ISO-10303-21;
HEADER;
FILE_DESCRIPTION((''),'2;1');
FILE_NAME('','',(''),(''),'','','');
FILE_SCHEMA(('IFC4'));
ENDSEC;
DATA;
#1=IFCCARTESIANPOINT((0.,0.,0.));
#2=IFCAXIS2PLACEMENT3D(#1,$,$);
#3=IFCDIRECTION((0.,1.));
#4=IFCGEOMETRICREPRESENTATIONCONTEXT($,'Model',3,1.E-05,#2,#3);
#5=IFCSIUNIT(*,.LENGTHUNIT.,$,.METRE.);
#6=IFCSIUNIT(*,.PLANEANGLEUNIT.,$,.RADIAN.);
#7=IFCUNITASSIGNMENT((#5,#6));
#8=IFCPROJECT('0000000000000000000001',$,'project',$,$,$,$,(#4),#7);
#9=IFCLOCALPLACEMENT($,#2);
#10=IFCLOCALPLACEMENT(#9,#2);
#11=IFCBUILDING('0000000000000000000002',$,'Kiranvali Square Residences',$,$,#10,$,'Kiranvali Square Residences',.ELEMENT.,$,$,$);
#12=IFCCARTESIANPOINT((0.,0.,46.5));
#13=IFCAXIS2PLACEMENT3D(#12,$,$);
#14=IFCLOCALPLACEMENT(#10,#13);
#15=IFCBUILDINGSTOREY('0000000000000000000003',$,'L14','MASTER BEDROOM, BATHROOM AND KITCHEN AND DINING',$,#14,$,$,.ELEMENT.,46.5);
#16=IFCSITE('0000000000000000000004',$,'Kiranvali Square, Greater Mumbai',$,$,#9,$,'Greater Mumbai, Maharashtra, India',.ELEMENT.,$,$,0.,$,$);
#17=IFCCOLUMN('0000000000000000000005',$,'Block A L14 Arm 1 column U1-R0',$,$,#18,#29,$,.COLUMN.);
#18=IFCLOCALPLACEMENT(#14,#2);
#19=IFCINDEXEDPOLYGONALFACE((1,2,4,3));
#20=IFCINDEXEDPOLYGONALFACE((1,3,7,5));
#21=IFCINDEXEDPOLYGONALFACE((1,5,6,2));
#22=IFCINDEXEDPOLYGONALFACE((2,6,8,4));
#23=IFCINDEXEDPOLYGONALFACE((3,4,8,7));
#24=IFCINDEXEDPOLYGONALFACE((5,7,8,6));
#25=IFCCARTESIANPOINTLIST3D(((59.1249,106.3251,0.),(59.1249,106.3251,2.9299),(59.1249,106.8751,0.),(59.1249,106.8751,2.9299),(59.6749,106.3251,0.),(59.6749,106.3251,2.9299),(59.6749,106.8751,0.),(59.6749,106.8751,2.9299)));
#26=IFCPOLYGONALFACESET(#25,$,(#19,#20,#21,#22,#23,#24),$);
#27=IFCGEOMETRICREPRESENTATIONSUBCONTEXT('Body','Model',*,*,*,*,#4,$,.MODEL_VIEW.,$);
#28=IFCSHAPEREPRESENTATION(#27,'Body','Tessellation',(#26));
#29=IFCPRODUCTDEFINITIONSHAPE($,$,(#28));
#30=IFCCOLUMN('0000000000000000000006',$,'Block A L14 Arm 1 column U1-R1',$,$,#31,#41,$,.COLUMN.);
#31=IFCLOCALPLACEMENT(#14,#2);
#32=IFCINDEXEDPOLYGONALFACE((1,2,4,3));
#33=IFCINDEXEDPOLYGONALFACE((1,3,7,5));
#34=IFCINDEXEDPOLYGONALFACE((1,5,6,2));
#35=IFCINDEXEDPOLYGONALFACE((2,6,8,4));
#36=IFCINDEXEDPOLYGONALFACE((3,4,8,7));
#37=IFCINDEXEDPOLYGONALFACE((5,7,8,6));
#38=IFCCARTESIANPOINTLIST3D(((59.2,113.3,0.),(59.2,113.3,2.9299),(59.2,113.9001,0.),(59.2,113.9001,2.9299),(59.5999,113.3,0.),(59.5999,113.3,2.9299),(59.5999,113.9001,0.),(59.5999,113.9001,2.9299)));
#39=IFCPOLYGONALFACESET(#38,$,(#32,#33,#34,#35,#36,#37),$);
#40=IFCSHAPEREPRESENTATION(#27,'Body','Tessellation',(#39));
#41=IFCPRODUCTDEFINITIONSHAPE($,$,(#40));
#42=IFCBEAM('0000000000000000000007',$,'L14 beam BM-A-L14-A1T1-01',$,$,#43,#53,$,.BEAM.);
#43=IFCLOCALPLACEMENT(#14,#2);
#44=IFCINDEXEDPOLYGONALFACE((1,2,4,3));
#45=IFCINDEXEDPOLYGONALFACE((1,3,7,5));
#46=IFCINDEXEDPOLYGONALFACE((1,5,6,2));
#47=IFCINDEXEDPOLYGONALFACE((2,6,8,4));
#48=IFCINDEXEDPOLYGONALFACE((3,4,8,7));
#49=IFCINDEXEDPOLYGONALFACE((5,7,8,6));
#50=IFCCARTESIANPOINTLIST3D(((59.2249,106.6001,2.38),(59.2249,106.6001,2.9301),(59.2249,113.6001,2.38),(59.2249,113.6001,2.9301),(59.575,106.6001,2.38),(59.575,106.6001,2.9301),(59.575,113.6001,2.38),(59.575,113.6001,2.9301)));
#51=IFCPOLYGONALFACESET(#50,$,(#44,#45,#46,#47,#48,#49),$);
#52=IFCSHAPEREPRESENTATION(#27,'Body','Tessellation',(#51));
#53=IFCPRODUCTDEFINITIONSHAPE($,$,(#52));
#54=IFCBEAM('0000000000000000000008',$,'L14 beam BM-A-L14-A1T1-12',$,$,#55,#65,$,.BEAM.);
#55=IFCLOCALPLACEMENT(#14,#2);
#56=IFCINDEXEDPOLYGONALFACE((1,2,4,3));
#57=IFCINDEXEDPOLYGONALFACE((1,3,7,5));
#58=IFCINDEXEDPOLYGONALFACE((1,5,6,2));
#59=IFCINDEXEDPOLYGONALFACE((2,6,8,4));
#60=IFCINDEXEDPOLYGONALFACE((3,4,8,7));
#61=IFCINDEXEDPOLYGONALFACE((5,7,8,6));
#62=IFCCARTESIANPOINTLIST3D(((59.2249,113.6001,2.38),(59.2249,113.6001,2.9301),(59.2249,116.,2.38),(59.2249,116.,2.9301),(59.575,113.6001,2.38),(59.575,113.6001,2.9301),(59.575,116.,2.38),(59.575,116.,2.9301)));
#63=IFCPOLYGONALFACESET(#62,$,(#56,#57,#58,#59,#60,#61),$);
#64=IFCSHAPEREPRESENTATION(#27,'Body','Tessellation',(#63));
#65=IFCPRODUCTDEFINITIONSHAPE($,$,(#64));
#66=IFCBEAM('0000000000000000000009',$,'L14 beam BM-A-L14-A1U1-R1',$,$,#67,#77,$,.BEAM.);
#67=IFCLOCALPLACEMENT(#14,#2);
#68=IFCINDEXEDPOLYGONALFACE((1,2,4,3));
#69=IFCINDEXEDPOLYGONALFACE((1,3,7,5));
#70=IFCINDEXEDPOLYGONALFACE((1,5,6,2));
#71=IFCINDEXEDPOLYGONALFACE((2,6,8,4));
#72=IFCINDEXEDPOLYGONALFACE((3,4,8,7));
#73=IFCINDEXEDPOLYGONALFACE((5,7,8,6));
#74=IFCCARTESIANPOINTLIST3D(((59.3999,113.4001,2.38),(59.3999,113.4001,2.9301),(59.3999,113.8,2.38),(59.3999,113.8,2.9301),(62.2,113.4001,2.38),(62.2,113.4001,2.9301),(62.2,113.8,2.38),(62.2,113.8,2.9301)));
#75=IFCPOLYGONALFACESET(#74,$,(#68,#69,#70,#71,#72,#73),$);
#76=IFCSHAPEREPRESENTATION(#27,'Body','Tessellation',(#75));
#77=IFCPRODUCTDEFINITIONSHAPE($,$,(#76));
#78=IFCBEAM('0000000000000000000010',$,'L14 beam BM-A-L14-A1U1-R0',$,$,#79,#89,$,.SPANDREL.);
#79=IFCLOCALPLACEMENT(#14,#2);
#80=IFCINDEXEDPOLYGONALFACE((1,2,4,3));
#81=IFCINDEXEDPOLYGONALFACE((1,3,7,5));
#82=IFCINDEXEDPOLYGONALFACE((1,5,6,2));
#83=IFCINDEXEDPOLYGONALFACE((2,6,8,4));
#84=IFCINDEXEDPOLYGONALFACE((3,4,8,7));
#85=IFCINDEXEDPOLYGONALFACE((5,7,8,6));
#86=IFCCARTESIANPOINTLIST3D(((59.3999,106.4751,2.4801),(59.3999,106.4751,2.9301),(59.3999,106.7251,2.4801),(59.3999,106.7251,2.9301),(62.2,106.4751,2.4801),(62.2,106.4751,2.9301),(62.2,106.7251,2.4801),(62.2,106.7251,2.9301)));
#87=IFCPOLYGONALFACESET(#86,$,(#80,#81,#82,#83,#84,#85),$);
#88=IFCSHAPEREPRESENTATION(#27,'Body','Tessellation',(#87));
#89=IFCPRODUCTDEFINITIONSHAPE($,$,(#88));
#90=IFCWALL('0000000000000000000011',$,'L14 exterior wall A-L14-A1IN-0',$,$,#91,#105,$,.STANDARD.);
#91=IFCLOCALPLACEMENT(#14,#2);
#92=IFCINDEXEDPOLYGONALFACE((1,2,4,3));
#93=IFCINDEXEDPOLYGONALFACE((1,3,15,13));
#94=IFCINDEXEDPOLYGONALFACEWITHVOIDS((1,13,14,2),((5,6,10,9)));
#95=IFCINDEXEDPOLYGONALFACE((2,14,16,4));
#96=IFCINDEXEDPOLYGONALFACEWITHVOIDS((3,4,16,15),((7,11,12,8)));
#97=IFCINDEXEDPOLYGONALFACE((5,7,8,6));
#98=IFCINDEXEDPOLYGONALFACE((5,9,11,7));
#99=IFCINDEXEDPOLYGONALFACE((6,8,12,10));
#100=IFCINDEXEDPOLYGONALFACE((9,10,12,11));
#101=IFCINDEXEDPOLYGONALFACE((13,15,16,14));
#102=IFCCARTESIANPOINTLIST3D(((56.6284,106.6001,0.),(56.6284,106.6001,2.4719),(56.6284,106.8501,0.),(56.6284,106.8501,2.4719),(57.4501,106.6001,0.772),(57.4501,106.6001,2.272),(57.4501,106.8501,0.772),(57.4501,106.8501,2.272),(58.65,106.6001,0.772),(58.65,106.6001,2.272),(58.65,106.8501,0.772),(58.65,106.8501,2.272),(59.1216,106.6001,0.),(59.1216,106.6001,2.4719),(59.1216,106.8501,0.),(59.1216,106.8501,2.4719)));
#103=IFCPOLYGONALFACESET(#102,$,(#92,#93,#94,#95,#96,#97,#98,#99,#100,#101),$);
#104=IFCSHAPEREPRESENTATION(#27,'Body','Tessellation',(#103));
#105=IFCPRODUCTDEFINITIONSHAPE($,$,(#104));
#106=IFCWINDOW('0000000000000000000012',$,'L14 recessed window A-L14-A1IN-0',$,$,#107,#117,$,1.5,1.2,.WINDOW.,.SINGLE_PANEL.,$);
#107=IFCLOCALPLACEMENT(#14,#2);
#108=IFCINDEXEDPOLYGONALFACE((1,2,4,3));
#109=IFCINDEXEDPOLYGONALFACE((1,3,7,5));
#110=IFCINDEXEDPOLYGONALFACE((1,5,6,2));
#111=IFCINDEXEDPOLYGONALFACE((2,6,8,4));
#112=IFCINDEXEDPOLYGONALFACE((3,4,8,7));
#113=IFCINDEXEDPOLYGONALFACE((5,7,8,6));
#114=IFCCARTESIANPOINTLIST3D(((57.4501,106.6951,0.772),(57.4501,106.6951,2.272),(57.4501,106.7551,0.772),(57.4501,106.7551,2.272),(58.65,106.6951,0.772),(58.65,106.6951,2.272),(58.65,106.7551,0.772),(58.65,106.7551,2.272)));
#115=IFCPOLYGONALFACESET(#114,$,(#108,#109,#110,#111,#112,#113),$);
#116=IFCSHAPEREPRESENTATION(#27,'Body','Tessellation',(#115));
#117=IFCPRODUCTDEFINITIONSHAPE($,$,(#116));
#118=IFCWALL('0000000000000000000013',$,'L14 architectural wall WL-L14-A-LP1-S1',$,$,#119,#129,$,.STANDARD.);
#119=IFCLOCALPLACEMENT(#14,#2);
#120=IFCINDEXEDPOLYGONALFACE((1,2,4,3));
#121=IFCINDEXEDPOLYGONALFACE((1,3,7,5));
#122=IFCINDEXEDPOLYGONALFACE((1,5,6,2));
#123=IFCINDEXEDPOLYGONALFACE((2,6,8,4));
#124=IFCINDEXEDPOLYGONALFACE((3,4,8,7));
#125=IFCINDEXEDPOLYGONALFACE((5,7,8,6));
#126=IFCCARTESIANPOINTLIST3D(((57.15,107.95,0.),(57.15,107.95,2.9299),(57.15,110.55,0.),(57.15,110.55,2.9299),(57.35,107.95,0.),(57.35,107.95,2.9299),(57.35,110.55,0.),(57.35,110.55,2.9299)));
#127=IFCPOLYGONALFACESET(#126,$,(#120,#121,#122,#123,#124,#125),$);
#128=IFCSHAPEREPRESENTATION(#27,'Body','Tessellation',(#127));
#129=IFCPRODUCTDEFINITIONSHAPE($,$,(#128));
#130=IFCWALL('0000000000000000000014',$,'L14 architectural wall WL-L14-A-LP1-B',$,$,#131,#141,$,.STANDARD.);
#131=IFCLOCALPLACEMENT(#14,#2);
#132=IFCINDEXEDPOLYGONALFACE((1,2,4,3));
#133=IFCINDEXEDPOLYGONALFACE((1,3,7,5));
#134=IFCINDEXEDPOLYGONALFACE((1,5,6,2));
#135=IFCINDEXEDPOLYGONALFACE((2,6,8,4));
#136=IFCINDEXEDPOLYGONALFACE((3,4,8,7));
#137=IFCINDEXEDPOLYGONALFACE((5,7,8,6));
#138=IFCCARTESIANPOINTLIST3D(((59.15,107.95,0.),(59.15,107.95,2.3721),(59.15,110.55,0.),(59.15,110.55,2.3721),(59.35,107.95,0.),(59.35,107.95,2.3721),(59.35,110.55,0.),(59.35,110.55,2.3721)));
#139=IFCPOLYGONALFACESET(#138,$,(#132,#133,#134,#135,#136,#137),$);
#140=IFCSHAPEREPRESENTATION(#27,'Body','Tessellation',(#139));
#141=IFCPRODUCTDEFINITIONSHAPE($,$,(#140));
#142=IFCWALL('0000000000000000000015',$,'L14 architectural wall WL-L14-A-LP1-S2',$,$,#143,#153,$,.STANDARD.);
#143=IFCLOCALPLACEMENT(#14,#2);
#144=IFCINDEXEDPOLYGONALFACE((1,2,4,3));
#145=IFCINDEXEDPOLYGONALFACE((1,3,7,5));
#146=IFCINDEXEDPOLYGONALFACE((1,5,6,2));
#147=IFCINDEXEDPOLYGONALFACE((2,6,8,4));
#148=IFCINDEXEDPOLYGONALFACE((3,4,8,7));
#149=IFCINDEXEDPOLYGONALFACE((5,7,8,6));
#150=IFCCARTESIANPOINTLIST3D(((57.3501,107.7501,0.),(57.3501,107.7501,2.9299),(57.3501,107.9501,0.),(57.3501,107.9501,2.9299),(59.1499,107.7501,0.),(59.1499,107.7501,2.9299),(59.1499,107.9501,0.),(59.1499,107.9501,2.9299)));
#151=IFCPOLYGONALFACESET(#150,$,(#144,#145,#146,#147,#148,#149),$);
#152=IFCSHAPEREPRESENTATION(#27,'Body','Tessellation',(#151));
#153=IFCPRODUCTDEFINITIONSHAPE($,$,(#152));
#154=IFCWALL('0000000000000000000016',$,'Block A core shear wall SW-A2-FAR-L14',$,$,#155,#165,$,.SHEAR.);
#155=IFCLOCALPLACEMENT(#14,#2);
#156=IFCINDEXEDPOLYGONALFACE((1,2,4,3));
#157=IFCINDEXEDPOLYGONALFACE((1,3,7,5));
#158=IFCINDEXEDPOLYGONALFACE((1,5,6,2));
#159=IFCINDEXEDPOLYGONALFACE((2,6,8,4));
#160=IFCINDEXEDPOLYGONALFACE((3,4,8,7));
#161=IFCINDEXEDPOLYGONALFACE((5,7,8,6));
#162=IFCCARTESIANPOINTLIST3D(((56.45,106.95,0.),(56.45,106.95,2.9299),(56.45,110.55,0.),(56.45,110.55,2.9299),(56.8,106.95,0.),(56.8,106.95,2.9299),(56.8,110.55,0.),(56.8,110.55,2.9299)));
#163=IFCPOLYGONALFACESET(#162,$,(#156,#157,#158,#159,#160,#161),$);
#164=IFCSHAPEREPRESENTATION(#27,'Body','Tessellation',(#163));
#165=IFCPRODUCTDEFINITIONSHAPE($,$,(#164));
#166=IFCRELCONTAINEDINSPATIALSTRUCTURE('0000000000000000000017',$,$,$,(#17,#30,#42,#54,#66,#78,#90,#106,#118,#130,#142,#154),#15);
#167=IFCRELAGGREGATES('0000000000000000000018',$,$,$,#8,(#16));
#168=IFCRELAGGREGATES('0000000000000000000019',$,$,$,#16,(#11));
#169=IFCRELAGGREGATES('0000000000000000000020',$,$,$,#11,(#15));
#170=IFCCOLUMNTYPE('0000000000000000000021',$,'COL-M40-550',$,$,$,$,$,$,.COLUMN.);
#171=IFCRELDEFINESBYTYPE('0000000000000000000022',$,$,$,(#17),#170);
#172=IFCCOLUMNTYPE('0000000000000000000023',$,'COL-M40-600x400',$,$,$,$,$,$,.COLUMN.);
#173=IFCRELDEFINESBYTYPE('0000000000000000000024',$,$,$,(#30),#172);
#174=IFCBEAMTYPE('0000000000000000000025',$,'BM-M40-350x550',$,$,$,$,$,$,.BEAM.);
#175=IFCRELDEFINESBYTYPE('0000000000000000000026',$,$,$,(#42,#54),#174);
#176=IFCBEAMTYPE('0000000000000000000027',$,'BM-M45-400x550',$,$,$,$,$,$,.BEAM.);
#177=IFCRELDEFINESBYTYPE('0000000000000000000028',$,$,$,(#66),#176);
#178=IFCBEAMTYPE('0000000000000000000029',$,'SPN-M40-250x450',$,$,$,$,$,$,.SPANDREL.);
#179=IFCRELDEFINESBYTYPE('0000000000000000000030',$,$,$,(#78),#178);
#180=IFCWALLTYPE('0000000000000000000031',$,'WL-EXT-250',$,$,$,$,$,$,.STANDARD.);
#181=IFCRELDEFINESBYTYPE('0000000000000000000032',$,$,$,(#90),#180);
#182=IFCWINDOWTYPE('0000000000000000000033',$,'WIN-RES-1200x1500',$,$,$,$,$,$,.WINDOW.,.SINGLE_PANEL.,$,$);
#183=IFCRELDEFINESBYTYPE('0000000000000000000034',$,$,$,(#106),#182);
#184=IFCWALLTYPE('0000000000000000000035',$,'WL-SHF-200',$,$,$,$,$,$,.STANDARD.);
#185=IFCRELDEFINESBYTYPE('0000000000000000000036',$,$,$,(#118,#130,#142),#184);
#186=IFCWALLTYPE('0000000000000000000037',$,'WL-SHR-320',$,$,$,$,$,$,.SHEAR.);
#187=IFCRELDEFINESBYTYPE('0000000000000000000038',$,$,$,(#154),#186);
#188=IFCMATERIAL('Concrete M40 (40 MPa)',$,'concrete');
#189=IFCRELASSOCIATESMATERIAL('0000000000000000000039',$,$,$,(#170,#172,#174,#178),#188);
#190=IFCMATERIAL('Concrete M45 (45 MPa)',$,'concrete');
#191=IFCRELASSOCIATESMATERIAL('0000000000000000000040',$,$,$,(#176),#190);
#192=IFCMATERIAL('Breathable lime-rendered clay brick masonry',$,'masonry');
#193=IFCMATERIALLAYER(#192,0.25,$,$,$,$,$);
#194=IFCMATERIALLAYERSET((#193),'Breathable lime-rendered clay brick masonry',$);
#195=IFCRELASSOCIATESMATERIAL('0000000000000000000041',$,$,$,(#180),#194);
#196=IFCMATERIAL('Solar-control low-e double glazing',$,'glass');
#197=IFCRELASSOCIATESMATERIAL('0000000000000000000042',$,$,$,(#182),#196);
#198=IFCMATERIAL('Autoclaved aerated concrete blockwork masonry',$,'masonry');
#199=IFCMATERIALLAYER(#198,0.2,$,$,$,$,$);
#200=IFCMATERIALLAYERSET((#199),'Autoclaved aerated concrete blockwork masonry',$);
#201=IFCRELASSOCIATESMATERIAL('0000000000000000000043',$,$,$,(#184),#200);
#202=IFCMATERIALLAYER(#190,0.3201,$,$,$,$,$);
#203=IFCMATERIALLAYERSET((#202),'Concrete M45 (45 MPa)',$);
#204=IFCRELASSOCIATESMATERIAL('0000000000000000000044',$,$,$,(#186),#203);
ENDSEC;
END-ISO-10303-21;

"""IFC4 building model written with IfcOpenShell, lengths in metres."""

from ifc_helpers import new_model, si_unit, direction, frame, frame_2d, origin, origin_2d, place, context, subcontext, project, spatial, rectangle, extrude, material, layer, layer_set, material_profile, profile_set, type_object, element, fill, save


model = new_model("IFC4")

# Units and contexts
model_context = context("Model", 3, precision=1e-05, world=origin(), true_north=direction((0.0, 1.0)))
body_context = subcontext(model_context, "Body", "Model", "MODEL_VIEW")
ifc_project = project(units=[si_unit("LENGTHUNIT", "METRE"), si_unit("PLANEANGLEUNIT", "RADIAN")], contexts=[model_context])

# Site, building, storey
site_placement = place(None, origin())
site = spatial("IfcSite", under=ifc_project, at=site_placement, Name="Kiranvali Square, Greater Mumbai", LongName="Greater Mumbai, Maharashtra, India", CompositionType="ELEMENT", RefElevation=0.0)
building_placement = place(site_placement, origin())
building = spatial("IfcBuilding", under=site, at=building_placement, Name="Kiranvali Square Residences", LongName="Kiranvali Square Residences", CompositionType="ELEMENT")
storey_placement = place(building_placement, frame((0.0, 0.0, 46.5)))
storey = spatial("IfcBuildingStorey", under=building, at=storey_placement, Name="L14", Description="MASTER BEDROOM, BATHROOM AND KITCHEN AND DINING", CompositionType="ELEMENT", Elevation=46.5)

# Columns
ifc_material_1 = material(Name="Concrete M40 (40 MPa)", Category="concrete")
ifc_material_profile_1 = material_profile(ifc_material_1, rectangle(XDim=0.55, YDim=0.55, at=origin_2d()), Name="RC 550x550")
ifc_profile_set_1 = profile_set([ifc_material_profile_1], Name="Concrete M40 (40 MPa)")
column_type_1 = type_object("IfcColumnType", Name="COL-M40-550", PredefinedType="COLUMN", material=ifc_profile_set_1)
column_1_placement = place(storey_placement, frame((59.3999, 106.6001, 0.0), z_axis=(0.0, 0.0, 1.0), x_axis=(1.0, 0.0, 0.0)))
element("IfcColumn", 1, at=column_1_placement, inside=storey, type_object=column_type_1, Name="Block A L14 Arm 1 column U1-R0", PredefinedType="COLUMN", context=body_context, shape_type="SweptSolid", body=[
    extrude(rectangle(XDim=0.55, YDim=0.55, at=origin_2d()), origin(), (0.0, 0.0, 1.0), 2.9299),
])
ifc_material_profile_2 = material_profile(ifc_material_1, rectangle(XDim=0.3999, YDim=0.6001, at=origin_2d()), Name="RC 600x400")
ifc_profile_set_2 = profile_set([ifc_material_profile_2], Name="Concrete M40 (40 MPa)")
column_type_2 = type_object("IfcColumnType", Name="COL-M40-600x400", PredefinedType="COLUMN", material=ifc_profile_set_2)
column_2_placement = place(storey_placement, frame((59.3999, 113.6001, 0.0), z_axis=(0.0, 0.0, 1.0), x_axis=(1.0, 0.0, 0.0)))
element("IfcColumn", 2, at=column_2_placement, inside=storey, type_object=column_type_2, Name="Block A L14 Arm 1 column U1-R1", PredefinedType="COLUMN", context=body_context, shape_type="SweptSolid", body=[
    extrude(rectangle(XDim=0.3999, YDim=0.6001, at=origin_2d()), origin(), (0.0, 0.0, 1.0), 2.9299),
])

# Beams
ifc_material_profile_3 = material_profile(ifc_material_1, rectangle(XDim=0.3501, YDim=0.55, at=origin_2d()), Name="RC 350x550")
ifc_profile_set_3 = profile_set([ifc_material_profile_3], Name="Concrete M40 (40 MPa)")
beam_type_1 = type_object("IfcBeamType", Name="BM-M40-350x550", PredefinedType="BEAM", material=ifc_profile_set_3)
beam_1_placement = place(storey_placement, frame((59.3999, 106.6001, 2.655), z_axis=(0.0, 1.0, 0.0), x_axis=(-1.0, 0.0, 0.0)))
element("IfcBeam", 3, at=beam_1_placement, inside=storey, type_object=beam_type_1, Name="L14 beam BM-A-L14-A1T1-01", PredefinedType="BEAM", context=body_context, shape_type="SweptSolid", body=[
    extrude(rectangle(XDim=0.3501, YDim=0.55, at=origin_2d()), origin(), (0.0, 0.0, 1.0), 7.0),
])
beam_2_placement = place(storey_placement, frame((59.3999, 113.6001, 2.655), z_axis=(0.0, 1.0, 0.0), x_axis=(-1.0, 0.0, 0.0)))
element("IfcBeam", 4, at=beam_2_placement, inside=storey, type_object=beam_type_1, Name="L14 beam BM-A-L14-A1T1-12", PredefinedType="BEAM", context=body_context, shape_type="SweptSolid", body=[
    extrude(rectangle(XDim=0.3501, YDim=0.55, at=origin_2d()), origin(), (0.0, 0.0, 1.0), 2.3999),
])
ifc_material_2 = material(Name="Concrete M45 (45 MPa)", Category="concrete")
ifc_material_profile_4 = material_profile(ifc_material_2, rectangle(XDim=0.3999, YDim=0.55, at=origin_2d()), Name="RC 400x550")
ifc_profile_set_4 = profile_set([ifc_material_profile_4], Name="Concrete M45 (45 MPa)")
beam_type_2 = type_object("IfcBeamType", Name="BM-M45-400x550", PredefinedType="BEAM", material=ifc_profile_set_4)
beam_3_placement = place(storey_placement, frame((59.3999, 113.6001, 2.655), z_axis=(1.0, 0.0, 0.0), x_axis=(0.0, 1.0, 0.0)))
element("IfcBeam", 5, at=beam_3_placement, inside=storey, type_object=beam_type_2, Name="L14 beam BM-A-L14-A1U1-R1", PredefinedType="BEAM", context=body_context, shape_type="SweptSolid", body=[
    extrude(rectangle(XDim=0.3999, YDim=0.55, at=origin_2d()), origin(), (0.0, 0.0, 1.0), 2.8),
])
ifc_material_profile_5 = material_profile(ifc_material_1, rectangle(XDim=0.25, YDim=0.45, at=origin_2d()), Name="RC 250x450")
ifc_profile_set_5 = profile_set([ifc_material_profile_5], Name="Concrete M40 (40 MPa)")
beam_type_3 = type_object("IfcBeamType", Name="SPN-M40-250x450", PredefinedType="SPANDREL", material=ifc_profile_set_5)
beam_4_placement = place(storey_placement, frame((59.3999, 106.6001, 2.7051), z_axis=(1.0, 0.0, 0.0), x_axis=(0.0, 1.0, 0.0)))
element("IfcBeam", 6, at=beam_4_placement, inside=storey, type_object=beam_type_3, Name="L14 beam BM-A-L14-A1U1-R0", PredefinedType="SPANDREL", context=body_context, shape_type="SweptSolid", body=[
    extrude(rectangle(XDim=0.25, YDim=0.45, at=origin_2d()), origin(), (0.0, 0.0, 1.0), 2.8),
])

# Shared definitions
ifc_material_3 = material(Name="Autoclaved aerated concrete blockwork masonry", Category="masonry")

# Wall, opening, window
ifc_material_4 = material(Name="Breathable lime-rendered clay brick masonry", Category="masonry")
ifc_layer_1 = layer(ifc_material_4, 0.25)
ifc_layer_set_1 = layer_set([ifc_layer_1], Name="Breathable lime-rendered clay brick masonry")
wall_type_1 = type_object("IfcWallType", Name="WL-EXT-250", PredefinedType="STANDARD", material=ifc_layer_set_1)
wall_1_placement = place(storey_placement, frame((56.6284, 106.7251, 0.0), z_axis=(0.0, 0.0, 1.0), x_axis=(1.0, 0.0, 0.0)))
wall_1 = element("IfcWall", 7, at=wall_1_placement, inside=storey, type_object=wall_type_1, Name="L14 exterior wall A-L14-A1IN-0", PredefinedType="STANDARD", context=body_context, shape_type="SweptSolid", body=[
    extrude(rectangle(XDim=2.4932, YDim=0.25, at=frame_2d((1.2466, 0.0))), origin(), (0.0, 0.0, 1.0), 2.4719),
])
opening_1_placement = place(wall_1_placement, frame((0.8215, 0.0, 0.772)))
opening_1 = element("IfcOpeningElement", 8, at=opening_1_placement, cuts=wall_1, PredefinedType="OPENING", context=body_context, shape_type="SweptSolid", body=[
    extrude(rectangle(XDim=1.2, YDim=1.5, at=frame_2d((0.6001, 0.75))), frame((0.0, 0.135, 0.0), z_axis=(0.0, -1.0, 0.0), x_axis=(1.0, 0.0, 0.0)), (0.0, 0.0, 1.0), 0.27),
])
ifc_material_5 = material(Name="Solar-control low-e double glazing", Category="glass")
window_type = type_object("IfcWindowType", Name="WIN-RES-1200x1500", PartitioningType="SINGLE_PANEL", PredefinedType="WINDOW", material=ifc_material_5)
window_placement = place(opening_1_placement, origin())
window = element("IfcWindow", 9, at=window_placement, inside=storey, type_object=window_type, Name="L14 recessed window A-L14-A1IN-0", OverallHeight=1.5, OverallWidth=1.2, PartitioningType="SINGLE_PANEL", PredefinedType="WINDOW", context=body_context, shape_type="SweptSolid", body=[
    extrude(rectangle(XDim=1.2, YDim=1.5, at=frame_2d((0.6001, 0.75))), frame((0.0, 0.03, 0.0), z_axis=(0.0, -1.0, 0.0), x_axis=(1.0, 0.0, 0.0)), (0.0, 0.0, 1.0), 0.0601),
])
fill(opening_1, window)

# Walls
ifc_layer_2 = layer(ifc_material_3, 0.2)
ifc_layer_set_2 = layer_set([ifc_layer_2], Name="Autoclaved aerated concrete blockwork masonry")
wall_type_2 = type_object("IfcWallType", Name="WL-SHF-200", PredefinedType="STANDARD", material=ifc_layer_set_2)
wall_2_placement = place(storey_placement, frame((57.25, 107.95, 0.0), z_axis=(0.0, 0.0, 1.0), x_axis=(0.0, 1.0, 0.0)))
element("IfcWall", 10, at=wall_2_placement, inside=storey, type_object=wall_type_2, Name="L14 architectural wall WL-L14-A-LP1-S1", PredefinedType="STANDARD", context=body_context, shape_type="SweptSolid", body=[
    extrude(rectangle(XDim=2.6001, YDim=0.2, at=frame_2d((1.3, 0.0))), origin(), (0.0, 0.0, 1.0), 2.9299),
])
wall_3_placement = place(storey_placement, frame((59.25, 107.95, 0.0), z_axis=(0.0, 0.0, 1.0), x_axis=(0.0, 1.0, 0.0)))
element("IfcWall", 11, at=wall_3_placement, inside=storey, type_object=wall_type_2, Name="L14 architectural wall WL-L14-A-LP1-B", PredefinedType="STANDARD", context=body_context, shape_type="SweptSolid", body=[
    extrude(rectangle(XDim=2.6001, YDim=0.2, at=frame_2d((1.3, 0.0))), origin(), (0.0, 0.0, 1.0), 2.3721),
])
wall_4_placement = place(storey_placement, frame((57.3501, 107.8501, 0.0), z_axis=(0.0, 0.0, 1.0), x_axis=(1.0, 0.0, 0.0)))
element("IfcWall", 12, at=wall_4_placement, inside=storey, type_object=wall_type_2, Name="L14 architectural wall WL-L14-A-LP1-S2", PredefinedType="STANDARD", context=body_context, shape_type="SweptSolid", body=[
    extrude(rectangle(XDim=1.7998, YDim=0.2, at=frame_2d((0.8999, 0.0))), origin(), (0.0, 0.0, 1.0), 2.9299),
])

# Wall
ifc_layer_3 = layer(ifc_material_2, 0.3201)
ifc_layer_set_3 = layer_set([ifc_layer_3], Name="Concrete M45 (45 MPa)")
wall_type_3 = type_object("IfcWallType", Name="WL-SHR-320", PredefinedType="SHEAR", material=ifc_layer_set_3)
wall_5_placement = place(storey_placement, frame((56.625, 106.95, 0.0), z_axis=(0.0, 0.0, 1.0), x_axis=(0.0, 1.0, 0.0)))
element("IfcWall", 13, at=wall_5_placement, inside=storey, type_object=wall_type_3, Name="Block A core shear wall SW-A2-FAR-L14", PredefinedType="SHEAR", context=body_context, shape_type="SweptSolid", body=[
    extrude(rectangle(XDim=3.6001, YDim=0.3501, at=frame_2d((1.8, 0.0))), origin(), (0.0, 0.0, 1.0), 2.9299),
])

save(model, "model.ifc")
